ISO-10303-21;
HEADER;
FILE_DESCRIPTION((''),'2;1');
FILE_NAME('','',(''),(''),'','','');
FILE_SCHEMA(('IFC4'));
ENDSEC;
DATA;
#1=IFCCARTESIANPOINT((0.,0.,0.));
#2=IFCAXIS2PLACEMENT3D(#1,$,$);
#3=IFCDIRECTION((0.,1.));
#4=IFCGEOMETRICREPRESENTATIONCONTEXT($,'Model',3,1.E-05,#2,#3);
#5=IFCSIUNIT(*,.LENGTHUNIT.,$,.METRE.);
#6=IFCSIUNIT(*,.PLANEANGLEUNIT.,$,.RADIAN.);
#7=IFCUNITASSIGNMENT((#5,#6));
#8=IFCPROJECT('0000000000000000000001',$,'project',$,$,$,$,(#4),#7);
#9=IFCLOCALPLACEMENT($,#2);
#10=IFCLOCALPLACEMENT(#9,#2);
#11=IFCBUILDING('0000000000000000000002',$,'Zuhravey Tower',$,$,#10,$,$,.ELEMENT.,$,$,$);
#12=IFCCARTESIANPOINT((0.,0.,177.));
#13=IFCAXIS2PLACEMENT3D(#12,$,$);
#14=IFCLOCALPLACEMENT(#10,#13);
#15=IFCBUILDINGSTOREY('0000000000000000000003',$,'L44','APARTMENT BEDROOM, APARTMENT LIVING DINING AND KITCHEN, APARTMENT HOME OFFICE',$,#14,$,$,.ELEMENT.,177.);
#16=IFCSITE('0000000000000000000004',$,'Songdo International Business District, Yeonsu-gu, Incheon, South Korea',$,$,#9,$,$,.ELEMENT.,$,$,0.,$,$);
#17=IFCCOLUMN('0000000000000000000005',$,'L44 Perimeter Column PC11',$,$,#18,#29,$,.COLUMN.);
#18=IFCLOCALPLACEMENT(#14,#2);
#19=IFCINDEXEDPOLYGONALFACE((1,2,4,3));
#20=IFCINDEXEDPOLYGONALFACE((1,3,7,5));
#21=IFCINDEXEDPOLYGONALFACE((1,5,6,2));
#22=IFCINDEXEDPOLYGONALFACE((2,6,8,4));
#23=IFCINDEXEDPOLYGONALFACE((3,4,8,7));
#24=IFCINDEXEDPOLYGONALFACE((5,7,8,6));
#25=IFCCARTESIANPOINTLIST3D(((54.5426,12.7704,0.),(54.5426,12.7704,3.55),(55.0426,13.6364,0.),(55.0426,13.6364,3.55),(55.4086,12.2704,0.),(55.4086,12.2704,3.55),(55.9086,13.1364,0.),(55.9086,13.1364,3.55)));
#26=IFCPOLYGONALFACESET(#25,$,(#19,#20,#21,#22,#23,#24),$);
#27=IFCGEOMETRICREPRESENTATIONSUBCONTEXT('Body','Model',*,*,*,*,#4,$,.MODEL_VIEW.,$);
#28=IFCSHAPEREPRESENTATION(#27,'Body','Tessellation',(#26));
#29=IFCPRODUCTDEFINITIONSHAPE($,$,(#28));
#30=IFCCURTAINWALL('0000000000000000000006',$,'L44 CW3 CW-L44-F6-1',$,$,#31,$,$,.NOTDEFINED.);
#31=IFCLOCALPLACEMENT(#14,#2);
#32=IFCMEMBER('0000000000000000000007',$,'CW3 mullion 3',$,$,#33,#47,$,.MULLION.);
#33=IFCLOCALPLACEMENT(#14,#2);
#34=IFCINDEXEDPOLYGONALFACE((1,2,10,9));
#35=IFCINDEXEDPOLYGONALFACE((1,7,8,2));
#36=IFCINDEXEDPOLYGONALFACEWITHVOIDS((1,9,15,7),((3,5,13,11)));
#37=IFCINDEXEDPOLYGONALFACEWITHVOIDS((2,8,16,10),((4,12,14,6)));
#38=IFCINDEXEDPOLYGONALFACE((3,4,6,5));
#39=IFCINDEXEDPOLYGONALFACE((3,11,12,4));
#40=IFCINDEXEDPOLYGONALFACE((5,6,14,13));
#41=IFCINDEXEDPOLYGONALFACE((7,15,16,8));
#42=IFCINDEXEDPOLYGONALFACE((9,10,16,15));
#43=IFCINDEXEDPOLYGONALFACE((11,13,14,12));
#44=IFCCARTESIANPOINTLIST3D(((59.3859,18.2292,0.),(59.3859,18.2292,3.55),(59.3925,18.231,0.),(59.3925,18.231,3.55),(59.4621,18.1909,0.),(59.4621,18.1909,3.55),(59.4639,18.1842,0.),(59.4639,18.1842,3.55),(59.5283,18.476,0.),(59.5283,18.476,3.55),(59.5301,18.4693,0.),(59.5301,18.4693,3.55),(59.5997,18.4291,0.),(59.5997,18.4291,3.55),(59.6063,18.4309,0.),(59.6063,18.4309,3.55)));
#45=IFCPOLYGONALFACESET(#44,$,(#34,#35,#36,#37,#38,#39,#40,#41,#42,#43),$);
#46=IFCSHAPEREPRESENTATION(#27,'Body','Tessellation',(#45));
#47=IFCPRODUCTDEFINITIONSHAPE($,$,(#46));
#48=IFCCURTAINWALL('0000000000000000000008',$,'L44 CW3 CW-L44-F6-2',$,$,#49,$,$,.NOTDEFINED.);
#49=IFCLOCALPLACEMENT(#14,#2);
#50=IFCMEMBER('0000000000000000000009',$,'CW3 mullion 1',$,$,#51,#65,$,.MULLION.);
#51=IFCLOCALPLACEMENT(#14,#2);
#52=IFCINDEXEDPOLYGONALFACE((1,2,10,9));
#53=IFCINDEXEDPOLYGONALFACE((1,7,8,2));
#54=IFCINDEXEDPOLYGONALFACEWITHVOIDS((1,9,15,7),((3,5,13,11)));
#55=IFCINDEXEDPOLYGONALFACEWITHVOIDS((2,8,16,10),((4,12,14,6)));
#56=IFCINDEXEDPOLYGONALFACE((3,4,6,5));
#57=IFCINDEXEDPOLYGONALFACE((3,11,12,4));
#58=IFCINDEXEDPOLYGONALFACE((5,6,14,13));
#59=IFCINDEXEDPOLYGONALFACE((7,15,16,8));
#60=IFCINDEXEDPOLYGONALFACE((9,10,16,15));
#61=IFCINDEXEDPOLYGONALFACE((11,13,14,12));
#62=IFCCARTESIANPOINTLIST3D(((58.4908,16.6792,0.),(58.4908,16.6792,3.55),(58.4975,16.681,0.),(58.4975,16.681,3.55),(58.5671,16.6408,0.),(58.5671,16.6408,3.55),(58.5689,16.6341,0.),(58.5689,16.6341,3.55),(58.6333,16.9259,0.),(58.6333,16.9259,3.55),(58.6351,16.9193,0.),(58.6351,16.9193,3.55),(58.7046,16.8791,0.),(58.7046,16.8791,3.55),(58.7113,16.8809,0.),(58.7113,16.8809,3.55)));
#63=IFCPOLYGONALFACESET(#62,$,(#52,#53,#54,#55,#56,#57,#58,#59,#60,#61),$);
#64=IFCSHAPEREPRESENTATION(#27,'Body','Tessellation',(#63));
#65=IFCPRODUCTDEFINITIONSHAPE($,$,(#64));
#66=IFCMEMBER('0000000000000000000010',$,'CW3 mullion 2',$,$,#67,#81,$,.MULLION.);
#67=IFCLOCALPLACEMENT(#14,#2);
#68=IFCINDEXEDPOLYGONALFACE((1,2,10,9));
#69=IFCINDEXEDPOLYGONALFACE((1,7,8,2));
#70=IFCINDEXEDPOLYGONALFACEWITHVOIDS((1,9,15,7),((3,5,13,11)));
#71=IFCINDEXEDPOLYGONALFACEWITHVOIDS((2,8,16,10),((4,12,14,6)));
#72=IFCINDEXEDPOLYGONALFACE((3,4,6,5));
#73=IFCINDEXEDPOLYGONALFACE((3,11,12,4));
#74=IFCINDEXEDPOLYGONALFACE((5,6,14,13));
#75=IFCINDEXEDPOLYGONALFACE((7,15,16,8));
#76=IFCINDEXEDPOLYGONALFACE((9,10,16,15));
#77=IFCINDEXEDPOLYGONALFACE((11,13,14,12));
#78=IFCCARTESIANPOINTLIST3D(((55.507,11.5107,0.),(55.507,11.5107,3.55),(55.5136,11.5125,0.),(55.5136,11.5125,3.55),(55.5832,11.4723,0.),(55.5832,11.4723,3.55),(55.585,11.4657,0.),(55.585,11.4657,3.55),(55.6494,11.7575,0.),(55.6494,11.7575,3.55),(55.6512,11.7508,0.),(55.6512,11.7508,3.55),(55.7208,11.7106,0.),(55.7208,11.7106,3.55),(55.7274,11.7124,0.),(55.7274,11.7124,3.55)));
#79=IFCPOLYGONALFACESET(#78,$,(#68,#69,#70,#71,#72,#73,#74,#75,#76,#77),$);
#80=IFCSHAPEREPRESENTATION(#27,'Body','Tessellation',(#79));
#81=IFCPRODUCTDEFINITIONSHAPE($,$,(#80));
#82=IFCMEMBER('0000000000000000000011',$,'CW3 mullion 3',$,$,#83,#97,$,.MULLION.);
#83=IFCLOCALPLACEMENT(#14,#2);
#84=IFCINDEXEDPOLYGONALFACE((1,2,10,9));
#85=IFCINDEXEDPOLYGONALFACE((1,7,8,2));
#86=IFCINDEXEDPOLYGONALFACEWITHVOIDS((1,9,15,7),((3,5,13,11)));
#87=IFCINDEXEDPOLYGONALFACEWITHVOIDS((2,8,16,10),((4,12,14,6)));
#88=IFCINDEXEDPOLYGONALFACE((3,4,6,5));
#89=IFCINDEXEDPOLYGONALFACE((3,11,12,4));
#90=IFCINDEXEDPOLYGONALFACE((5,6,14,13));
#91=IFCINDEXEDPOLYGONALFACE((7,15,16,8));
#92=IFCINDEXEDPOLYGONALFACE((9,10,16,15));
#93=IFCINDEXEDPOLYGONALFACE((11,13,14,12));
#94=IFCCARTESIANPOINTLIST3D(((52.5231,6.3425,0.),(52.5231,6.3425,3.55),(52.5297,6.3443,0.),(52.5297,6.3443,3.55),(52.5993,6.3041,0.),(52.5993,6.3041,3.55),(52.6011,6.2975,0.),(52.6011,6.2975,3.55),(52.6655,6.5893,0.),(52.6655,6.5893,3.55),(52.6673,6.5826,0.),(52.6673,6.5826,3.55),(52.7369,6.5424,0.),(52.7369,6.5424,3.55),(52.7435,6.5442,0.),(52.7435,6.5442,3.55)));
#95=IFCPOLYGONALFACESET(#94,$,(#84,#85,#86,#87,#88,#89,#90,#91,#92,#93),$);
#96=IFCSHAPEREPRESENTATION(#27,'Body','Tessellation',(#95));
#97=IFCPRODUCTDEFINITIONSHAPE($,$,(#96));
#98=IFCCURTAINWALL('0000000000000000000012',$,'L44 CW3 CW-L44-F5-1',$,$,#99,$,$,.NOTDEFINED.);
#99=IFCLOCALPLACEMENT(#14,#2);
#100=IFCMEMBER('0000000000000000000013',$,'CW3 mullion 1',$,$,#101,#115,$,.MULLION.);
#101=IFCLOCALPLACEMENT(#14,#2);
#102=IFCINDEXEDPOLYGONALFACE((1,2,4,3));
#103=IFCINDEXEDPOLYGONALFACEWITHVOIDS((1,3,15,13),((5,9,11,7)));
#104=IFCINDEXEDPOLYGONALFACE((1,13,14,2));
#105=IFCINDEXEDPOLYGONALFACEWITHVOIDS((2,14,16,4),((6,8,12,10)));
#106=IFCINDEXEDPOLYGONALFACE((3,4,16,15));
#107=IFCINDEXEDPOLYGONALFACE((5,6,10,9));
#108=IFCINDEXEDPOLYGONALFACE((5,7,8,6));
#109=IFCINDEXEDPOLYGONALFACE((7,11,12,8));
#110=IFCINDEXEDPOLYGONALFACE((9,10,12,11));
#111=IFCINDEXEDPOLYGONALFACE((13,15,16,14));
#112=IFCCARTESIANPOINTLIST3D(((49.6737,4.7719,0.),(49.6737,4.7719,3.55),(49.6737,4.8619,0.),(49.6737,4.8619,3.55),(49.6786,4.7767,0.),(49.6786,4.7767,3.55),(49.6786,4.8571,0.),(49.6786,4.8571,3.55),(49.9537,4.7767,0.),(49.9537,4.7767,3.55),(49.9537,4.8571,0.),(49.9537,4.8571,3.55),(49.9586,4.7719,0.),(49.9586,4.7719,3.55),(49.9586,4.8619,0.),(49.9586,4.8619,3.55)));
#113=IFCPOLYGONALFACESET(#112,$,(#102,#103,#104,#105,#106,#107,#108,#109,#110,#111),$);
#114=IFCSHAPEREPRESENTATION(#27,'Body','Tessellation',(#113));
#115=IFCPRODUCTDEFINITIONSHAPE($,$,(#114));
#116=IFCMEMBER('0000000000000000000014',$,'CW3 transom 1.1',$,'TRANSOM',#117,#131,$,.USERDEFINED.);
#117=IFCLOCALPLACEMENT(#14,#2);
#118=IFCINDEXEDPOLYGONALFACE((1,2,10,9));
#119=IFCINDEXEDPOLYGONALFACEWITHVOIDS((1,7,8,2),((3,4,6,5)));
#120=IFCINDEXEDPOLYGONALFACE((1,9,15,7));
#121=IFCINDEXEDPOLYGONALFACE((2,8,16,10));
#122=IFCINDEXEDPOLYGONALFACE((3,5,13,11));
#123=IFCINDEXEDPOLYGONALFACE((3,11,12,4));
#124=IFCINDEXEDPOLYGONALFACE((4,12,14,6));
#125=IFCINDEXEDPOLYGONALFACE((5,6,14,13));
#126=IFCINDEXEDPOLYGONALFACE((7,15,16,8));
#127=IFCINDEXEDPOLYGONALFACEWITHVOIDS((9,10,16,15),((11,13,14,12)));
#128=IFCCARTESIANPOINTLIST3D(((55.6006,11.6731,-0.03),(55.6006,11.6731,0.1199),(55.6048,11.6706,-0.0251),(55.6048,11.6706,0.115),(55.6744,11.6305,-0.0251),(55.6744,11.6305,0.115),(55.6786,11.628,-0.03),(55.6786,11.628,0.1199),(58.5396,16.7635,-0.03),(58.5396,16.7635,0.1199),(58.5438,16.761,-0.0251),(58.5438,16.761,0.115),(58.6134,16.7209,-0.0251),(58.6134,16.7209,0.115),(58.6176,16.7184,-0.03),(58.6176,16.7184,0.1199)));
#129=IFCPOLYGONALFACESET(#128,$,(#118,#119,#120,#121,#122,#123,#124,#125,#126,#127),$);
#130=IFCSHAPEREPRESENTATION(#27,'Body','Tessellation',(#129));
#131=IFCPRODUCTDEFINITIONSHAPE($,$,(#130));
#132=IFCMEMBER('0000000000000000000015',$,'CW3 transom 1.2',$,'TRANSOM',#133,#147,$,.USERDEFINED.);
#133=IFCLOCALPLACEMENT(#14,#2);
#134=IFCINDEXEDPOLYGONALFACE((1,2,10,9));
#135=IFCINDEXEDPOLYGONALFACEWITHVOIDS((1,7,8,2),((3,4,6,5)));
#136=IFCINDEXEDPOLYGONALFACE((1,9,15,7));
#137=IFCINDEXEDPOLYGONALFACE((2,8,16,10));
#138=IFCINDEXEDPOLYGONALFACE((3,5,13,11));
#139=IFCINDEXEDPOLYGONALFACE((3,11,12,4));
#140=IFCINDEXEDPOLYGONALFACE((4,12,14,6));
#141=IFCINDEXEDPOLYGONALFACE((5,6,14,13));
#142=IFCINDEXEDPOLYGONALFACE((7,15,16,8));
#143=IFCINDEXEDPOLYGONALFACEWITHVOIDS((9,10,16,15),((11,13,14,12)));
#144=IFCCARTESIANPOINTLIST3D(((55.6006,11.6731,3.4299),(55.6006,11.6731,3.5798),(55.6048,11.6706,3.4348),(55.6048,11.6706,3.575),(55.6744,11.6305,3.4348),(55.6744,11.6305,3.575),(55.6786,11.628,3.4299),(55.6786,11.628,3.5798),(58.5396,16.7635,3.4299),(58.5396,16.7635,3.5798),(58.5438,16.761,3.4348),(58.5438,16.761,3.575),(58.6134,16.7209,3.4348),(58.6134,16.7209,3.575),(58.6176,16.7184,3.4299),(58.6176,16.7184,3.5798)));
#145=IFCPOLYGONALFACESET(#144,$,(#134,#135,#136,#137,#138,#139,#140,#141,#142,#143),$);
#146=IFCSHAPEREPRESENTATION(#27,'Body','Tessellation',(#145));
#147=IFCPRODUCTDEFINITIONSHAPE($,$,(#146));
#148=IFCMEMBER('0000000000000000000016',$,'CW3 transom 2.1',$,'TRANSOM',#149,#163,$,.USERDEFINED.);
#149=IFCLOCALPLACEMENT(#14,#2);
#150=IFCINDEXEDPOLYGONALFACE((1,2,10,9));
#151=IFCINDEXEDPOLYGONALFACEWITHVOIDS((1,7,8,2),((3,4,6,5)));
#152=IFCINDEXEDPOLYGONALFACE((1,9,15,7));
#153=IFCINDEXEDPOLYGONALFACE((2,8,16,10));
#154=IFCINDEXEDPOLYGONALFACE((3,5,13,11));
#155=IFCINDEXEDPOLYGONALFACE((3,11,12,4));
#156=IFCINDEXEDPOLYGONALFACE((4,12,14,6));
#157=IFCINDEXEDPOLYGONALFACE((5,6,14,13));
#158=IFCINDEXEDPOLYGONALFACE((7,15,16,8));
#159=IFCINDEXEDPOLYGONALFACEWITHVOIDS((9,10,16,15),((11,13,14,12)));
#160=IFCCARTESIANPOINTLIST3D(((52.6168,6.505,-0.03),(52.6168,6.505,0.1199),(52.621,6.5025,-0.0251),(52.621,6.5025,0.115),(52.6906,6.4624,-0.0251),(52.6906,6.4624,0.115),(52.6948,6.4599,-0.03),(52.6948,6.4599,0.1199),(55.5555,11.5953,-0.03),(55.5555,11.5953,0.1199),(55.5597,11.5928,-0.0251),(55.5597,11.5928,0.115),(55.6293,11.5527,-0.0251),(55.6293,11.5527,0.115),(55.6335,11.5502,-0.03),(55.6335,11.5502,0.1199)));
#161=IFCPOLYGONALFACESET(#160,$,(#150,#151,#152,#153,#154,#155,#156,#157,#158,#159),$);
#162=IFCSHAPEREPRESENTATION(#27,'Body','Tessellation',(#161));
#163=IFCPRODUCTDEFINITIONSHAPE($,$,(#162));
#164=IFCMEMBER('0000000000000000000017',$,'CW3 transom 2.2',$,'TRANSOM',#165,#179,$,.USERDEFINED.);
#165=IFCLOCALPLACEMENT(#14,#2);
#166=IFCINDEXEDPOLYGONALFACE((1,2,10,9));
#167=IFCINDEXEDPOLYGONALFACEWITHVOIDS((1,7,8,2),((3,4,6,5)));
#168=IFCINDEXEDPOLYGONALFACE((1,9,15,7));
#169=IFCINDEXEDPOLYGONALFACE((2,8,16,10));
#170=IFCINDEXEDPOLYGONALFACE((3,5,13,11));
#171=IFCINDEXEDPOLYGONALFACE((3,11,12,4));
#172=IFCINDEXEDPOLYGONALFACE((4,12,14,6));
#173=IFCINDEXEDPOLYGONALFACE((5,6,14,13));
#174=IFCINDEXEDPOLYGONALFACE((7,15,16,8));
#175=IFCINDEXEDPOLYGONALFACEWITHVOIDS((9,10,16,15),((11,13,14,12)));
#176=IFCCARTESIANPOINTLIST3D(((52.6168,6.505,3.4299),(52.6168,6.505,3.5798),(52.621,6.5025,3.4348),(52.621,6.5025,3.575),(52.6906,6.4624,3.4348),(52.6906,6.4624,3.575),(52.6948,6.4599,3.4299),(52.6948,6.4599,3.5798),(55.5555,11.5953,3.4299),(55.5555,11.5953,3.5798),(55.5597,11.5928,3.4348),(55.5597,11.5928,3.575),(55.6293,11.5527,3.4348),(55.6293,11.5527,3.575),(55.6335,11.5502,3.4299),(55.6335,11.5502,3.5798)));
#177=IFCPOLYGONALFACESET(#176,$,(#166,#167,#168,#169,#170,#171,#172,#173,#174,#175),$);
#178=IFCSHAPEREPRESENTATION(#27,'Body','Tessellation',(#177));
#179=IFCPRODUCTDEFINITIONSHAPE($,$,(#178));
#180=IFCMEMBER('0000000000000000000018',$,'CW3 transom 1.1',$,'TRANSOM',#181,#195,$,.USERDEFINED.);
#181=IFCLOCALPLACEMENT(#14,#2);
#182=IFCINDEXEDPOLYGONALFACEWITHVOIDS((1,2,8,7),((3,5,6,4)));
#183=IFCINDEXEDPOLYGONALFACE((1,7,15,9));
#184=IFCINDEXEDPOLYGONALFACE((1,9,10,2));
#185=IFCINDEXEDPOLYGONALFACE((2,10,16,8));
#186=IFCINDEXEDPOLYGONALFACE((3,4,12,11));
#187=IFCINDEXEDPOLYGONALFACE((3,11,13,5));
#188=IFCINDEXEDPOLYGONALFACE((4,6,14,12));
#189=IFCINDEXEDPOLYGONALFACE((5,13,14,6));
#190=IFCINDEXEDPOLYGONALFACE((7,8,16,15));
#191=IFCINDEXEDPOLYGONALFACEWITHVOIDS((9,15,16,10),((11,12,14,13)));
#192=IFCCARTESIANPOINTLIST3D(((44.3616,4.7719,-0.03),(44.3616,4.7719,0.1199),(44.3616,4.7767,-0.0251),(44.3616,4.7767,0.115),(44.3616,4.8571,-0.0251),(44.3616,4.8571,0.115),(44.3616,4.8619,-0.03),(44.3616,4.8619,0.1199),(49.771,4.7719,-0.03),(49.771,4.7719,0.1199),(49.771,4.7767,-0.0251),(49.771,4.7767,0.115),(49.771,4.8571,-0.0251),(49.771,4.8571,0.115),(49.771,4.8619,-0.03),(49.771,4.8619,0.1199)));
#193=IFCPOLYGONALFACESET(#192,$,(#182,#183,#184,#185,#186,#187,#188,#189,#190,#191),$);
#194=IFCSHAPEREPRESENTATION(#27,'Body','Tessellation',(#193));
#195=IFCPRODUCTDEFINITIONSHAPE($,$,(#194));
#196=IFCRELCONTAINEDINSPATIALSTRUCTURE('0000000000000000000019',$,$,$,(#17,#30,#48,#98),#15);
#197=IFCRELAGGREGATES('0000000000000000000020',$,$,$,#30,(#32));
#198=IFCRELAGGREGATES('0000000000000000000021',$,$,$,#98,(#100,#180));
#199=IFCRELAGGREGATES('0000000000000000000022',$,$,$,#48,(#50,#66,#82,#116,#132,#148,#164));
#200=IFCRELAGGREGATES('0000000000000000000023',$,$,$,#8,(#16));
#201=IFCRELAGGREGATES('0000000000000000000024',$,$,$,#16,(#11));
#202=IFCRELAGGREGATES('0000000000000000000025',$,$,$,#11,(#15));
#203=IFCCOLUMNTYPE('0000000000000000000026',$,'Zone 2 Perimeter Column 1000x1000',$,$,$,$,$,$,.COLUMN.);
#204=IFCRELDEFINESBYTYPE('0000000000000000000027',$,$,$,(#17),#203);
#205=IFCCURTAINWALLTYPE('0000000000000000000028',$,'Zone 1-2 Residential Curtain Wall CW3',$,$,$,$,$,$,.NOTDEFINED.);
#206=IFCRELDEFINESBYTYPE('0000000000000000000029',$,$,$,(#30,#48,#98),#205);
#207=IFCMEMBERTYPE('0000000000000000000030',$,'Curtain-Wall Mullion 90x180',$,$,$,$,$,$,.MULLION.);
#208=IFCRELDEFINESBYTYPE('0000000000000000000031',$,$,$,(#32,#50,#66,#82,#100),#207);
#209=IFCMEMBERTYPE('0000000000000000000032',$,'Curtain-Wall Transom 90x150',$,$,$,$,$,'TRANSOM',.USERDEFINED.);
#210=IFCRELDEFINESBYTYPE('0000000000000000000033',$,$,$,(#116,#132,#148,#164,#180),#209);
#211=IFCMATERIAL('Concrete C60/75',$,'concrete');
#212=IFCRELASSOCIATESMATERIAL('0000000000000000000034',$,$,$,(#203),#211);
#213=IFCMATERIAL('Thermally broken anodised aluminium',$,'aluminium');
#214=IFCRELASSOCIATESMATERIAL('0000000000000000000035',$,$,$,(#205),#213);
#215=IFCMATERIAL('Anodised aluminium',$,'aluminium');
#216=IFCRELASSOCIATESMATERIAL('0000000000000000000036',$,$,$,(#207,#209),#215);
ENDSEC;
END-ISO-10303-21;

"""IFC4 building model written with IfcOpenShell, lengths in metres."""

from ifc_helpers import new_model, si_unit, direction, frame, origin, origin_2d, place, context, subcontext, project, spatial, rectangle, hollow_rectangle, extrude, material, material_profile, profile_set, type_object, element, aggregate, save


model = new_model("IFC4")

# Units and contexts
model_context = context("Model", 3, precision=1e-05, world=origin(), true_north=direction((0.0, 1.0)))
body_context = subcontext(model_context, "Body", "Model", "MODEL_VIEW")
ifc_project = project(units=[si_unit("LENGTHUNIT", "METRE"), si_unit("PLANEANGLEUNIT", "RADIAN")], contexts=[model_context])

# Site, building, storey
site_placement = place(None, origin())
site = spatial("IfcSite", under=ifc_project, at=site_placement, Name="Songdo International Business District, Yeonsu-gu, Incheon, South Korea", CompositionType="ELEMENT", RefElevation=0.0)
building_placement = place(site_placement, origin())
building = spatial("IfcBuilding", under=site, at=building_placement, Name="Zuhravey Tower", CompositionType="ELEMENT")
storey_placement = place(building_placement, frame((0.0, 0.0, 177.0)))
storey = spatial("IfcBuildingStorey", under=building, at=storey_placement, Name="L44", Description="APARTMENT BEDROOM, APARTMENT LIVING DINING AND KITCHEN, APARTMENT HOME OFFICE", CompositionType="ELEMENT", Elevation=177.0)

# Column
ifc_material_1 = material(Name="Concrete C60/75", Category="concrete")
ifc_material_profile_1 = material_profile(ifc_material_1, rectangle(XDim=1.0, YDim=1.0, at=origin_2d()), Name="RC-1000x1000")
ifc_profile_set_1 = profile_set([ifc_material_profile_1], Name="Concrete C60/75")
column_type = type_object("IfcColumnType", Name="Zone 2 Perimeter Column 1000x1000", PredefinedType="COLUMN", material=ifc_profile_set_1)
column_placement = place(storey_placement, frame((55.2256, 12.9534, 0.0), z_axis=(0.0, 0.0, 1.0), x_axis=(0.5, 0.866025, 0.0)))
element("IfcColumn", 1, at=column_placement, inside=storey, type_object=column_type, Name="L44 Perimeter Column PC11", PredefinedType="COLUMN", context=body_context, shape_type="SweptSolid", body=[
    extrude(rectangle(XDim=1.0, YDim=1.0, at=origin_2d()), origin(), (0.0, 0.0, 1.0), 3.55),
])

# Curtain wall, member
ifc_material_2 = material(Name="Thermally broken anodised aluminium", Category="aluminium")
curtain_wall_type = type_object("IfcCurtainWallType", Name="Zone 1-2 Residential Curtain Wall CW3", PredefinedType="NOTDEFINED", material=ifc_material_2)
curtain_wall_1_placement = place(storey_placement, origin())
curtain_wall_1 = element("IfcCurtainWall", 2, at=curtain_wall_1_placement, inside=storey, type_object=curtain_wall_type, Name="L44 CW3 CW-L44-F6-1", PredefinedType="NOTDEFINED")
ifc_material_3 = material(Name="Anodised aluminium", Category="aluminium")
ifc_material_profile_2 = material_profile(ifc_material_3, hollow_rectangle(XDim=0.0901, YDim=0.2849, WallThickness=0.0049, at=origin_2d()), Name="ALU-RHS-90x285x5")
ifc_profile_set_2 = profile_set([ifc_material_profile_2], Name="Anodised aluminium")
member_type_1 = type_object("IfcMemberType", Name="Curtain-Wall Mullion 90x180", PredefinedType="MULLION", material=ifc_profile_set_2)
member_1_placement = place(storey_placement, frame((59.4961, 18.3301, 0.0), z_axis=(0.0, 0.0, 1.0), x_axis=(0.866023, -0.500003, 0.0)))
member_1 = element("IfcMember", 3, at=member_1_placement, type_object=member_type_1, Name="CW3 mullion 3", PredefinedType="MULLION", context=body_context, shape_type="SweptSolid", body=[
    extrude(hollow_rectangle(XDim=0.0901, YDim=0.2849, WallThickness=0.0049, at=origin_2d()), origin(), (0.0, 0.0, 1.0), 3.55),
])
aggregate(curtain_wall_1, [member_1])

# Curtain wall, members
curtain_wall_2_placement = place(storey_placement, origin())
curtain_wall_2 = element("IfcCurtainWall", 4, at=curtain_wall_2_placement, inside=storey, type_object=curtain_wall_type, Name="L44 CW3 CW-L44-F6-2", PredefinedType="NOTDEFINED")
member_2_placement = place(storey_placement, frame((58.6011, 16.78, 0.0), z_axis=(0.0, 0.0, 1.0), x_axis=(0.866026, -0.499999, 0.0)))
member_2 = element("IfcMember", 5, at=member_2_placement, type_object=member_type_1, Name="CW3 mullion 1", PredefinedType="MULLION", context=body_context, shape_type="SweptSolid", body=[
    extrude(hollow_rectangle(XDim=0.0901, YDim=0.2849, WallThickness=0.0049, at=origin_2d()), origin(), (0.0, 0.0, 1.0), 3.55),
])
member_3_placement = place(storey_placement, frame((55.6172, 11.6116, 0.0), z_axis=(0.0, 0.0, 1.0), x_axis=(0.866026, -0.499999, 0.0)))
member_3 = element("IfcMember", 6, at=member_3_placement, type_object=member_type_1, Name="CW3 mullion 2", PredefinedType="MULLION", context=body_context, shape_type="SweptSolid", body=[
    extrude(hollow_rectangle(XDim=0.0901, YDim=0.2849, WallThickness=0.0049, at=origin_2d()), origin(), (0.0, 0.0, 1.0), 3.55),
])
member_4_placement = place(storey_placement, frame((52.6333, 6.4434, 0.0), z_axis=(0.0, 0.0, 1.0), x_axis=(0.866026, -0.499999, 0.0)))
member_4 = element("IfcMember", 7, at=member_4_placement, type_object=member_type_1, Name="CW3 mullion 3", PredefinedType="MULLION", context=body_context, shape_type="SweptSolid", body=[
    extrude(hollow_rectangle(XDim=0.0901, YDim=0.2849, WallThickness=0.0049, at=origin_2d()), origin(), (0.0, 0.0, 1.0), 3.55),
])

# Curtain wall, member
curtain_wall_3_placement = place(storey_placement, origin())
curtain_wall_3 = element("IfcCurtainWall", 8, at=curtain_wall_3_placement, inside=storey, type_object=curtain_wall_type, Name="L44 CW3 CW-L44-F5-1", PredefinedType="NOTDEFINED")
member_5_placement = place(storey_placement, frame((49.8162, 4.8169, 0.0), z_axis=(0.0, 0.0, 1.0), x_axis=(0.0, -1.0, 0.0)))
member_5 = element("IfcMember", 9, at=member_5_placement, type_object=member_type_1, Name="CW3 mullion 1", PredefinedType="MULLION", context=body_context, shape_type="SweptSolid", body=[
    extrude(hollow_rectangle(XDim=0.0901, YDim=0.2849, WallThickness=0.0049, at=origin_2d()), origin(), (0.0, 0.0, 1.0), 3.55),
])

# Members
ifc_material_profile_3 = material_profile(ifc_material_3, hollow_rectangle(XDim=0.0901, YDim=0.1499, WallThickness=0.0049, at=origin_2d()), Name="ALU-RHS-90x150x5")
ifc_profile_set_3 = profile_set([ifc_material_profile_3], Name="Anodised aluminium")
member_type_2 = type_object("IfcMemberType", Name="Curtain-Wall Transom 90x150", ElementType="TRANSOM", PredefinedType="USERDEFINED", material=ifc_profile_set_3)
member_6_placement = place(storey_placement, frame((58.5786, 16.741, 0.0449), z_axis=(-0.500008, -0.866021, 0.0), x_axis=(0.866021, -0.500008, 0.0)))
member_6 = element("IfcMember", 10, at=member_6_placement, type_object=member_type_2, Name="CW3 transom 1.1", ObjectType="TRANSOM", PredefinedType="USERDEFINED", context=body_context, shape_type="SweptSolid", body=[
    extrude(hollow_rectangle(XDim=0.0901, YDim=0.1499, WallThickness=0.0049, at=origin_2d()), origin(), (0.0, 0.0, 1.0), 5.8779),
])
member_7_placement = place(storey_placement, frame((58.5786, 16.741, 3.5049), z_axis=(-0.500008, -0.866021, 0.0), x_axis=(0.866021, -0.500008, 0.0)))
member_7 = element("IfcMember", 11, at=member_7_placement, type_object=member_type_2, Name="CW3 transom 1.2", ObjectType="TRANSOM", PredefinedType="USERDEFINED", context=body_context, shape_type="SweptSolid", body=[
    extrude(hollow_rectangle(XDim=0.0901, YDim=0.1499, WallThickness=0.0049, at=origin_2d()), origin(), (0.0, 0.0, 1.0), 5.8779),
])
member_8_placement = place(storey_placement, frame((55.5945, 11.5728, 0.0449), z_axis=(-0.499977, -0.866039, 0.0), x_axis=(0.866039, -0.499977, 0.0)))
member_8 = element("IfcMember", 12, at=member_8_placement, type_object=member_type_2, Name="CW3 transom 2.1", ObjectType="TRANSOM", PredefinedType="USERDEFINED", context=body_context, shape_type="SweptSolid", body=[
    extrude(hollow_rectangle(XDim=0.0901, YDim=0.1499, WallThickness=0.0049, at=origin_2d()), origin(), (0.0, 0.0, 1.0), 5.8777),
])
member_9_placement = place(storey_placement, frame((55.5945, 11.5728, 3.5049), z_axis=(-0.499977, -0.866039, 0.0), x_axis=(0.866039, -0.499977, 0.0)))
member_9 = element("IfcMember", 13, at=member_9_placement, type_object=member_type_2, Name="CW3 transom 2.2", ObjectType="TRANSOM", PredefinedType="USERDEFINED", context=body_context, shape_type="SweptSolid", body=[
    extrude(hollow_rectangle(XDim=0.0901, YDim=0.1499, WallThickness=0.0049, at=origin_2d()), origin(), (0.0, 0.0, 1.0), 5.8777),
])
member_10_placement = place(storey_placement, frame((49.771, 4.8169, 0.0449), z_axis=(-1.0, 0.0, 0.0), x_axis=(0.0, -1.0, 0.0)))
member_10 = element("IfcMember", 14, at=member_10_placement, type_object=member_type_2, Name="CW3 transom 1.1", ObjectType="TRANSOM", PredefinedType="USERDEFINED", context=body_context, shape_type="SweptSolid", body=[
    extrude(hollow_rectangle(XDim=0.0901, YDim=0.1499, WallThickness=0.0049, at=origin_2d()), origin(), (0.0, 0.0, 1.0), 5.4094),
])
aggregate(curtain_wall_3, [member_5, member_10])

aggregate(curtain_wall_2, [member_2, member_3, member_4, member_6, member_7, member_8, member_9])

save(model, "model.ifc")
